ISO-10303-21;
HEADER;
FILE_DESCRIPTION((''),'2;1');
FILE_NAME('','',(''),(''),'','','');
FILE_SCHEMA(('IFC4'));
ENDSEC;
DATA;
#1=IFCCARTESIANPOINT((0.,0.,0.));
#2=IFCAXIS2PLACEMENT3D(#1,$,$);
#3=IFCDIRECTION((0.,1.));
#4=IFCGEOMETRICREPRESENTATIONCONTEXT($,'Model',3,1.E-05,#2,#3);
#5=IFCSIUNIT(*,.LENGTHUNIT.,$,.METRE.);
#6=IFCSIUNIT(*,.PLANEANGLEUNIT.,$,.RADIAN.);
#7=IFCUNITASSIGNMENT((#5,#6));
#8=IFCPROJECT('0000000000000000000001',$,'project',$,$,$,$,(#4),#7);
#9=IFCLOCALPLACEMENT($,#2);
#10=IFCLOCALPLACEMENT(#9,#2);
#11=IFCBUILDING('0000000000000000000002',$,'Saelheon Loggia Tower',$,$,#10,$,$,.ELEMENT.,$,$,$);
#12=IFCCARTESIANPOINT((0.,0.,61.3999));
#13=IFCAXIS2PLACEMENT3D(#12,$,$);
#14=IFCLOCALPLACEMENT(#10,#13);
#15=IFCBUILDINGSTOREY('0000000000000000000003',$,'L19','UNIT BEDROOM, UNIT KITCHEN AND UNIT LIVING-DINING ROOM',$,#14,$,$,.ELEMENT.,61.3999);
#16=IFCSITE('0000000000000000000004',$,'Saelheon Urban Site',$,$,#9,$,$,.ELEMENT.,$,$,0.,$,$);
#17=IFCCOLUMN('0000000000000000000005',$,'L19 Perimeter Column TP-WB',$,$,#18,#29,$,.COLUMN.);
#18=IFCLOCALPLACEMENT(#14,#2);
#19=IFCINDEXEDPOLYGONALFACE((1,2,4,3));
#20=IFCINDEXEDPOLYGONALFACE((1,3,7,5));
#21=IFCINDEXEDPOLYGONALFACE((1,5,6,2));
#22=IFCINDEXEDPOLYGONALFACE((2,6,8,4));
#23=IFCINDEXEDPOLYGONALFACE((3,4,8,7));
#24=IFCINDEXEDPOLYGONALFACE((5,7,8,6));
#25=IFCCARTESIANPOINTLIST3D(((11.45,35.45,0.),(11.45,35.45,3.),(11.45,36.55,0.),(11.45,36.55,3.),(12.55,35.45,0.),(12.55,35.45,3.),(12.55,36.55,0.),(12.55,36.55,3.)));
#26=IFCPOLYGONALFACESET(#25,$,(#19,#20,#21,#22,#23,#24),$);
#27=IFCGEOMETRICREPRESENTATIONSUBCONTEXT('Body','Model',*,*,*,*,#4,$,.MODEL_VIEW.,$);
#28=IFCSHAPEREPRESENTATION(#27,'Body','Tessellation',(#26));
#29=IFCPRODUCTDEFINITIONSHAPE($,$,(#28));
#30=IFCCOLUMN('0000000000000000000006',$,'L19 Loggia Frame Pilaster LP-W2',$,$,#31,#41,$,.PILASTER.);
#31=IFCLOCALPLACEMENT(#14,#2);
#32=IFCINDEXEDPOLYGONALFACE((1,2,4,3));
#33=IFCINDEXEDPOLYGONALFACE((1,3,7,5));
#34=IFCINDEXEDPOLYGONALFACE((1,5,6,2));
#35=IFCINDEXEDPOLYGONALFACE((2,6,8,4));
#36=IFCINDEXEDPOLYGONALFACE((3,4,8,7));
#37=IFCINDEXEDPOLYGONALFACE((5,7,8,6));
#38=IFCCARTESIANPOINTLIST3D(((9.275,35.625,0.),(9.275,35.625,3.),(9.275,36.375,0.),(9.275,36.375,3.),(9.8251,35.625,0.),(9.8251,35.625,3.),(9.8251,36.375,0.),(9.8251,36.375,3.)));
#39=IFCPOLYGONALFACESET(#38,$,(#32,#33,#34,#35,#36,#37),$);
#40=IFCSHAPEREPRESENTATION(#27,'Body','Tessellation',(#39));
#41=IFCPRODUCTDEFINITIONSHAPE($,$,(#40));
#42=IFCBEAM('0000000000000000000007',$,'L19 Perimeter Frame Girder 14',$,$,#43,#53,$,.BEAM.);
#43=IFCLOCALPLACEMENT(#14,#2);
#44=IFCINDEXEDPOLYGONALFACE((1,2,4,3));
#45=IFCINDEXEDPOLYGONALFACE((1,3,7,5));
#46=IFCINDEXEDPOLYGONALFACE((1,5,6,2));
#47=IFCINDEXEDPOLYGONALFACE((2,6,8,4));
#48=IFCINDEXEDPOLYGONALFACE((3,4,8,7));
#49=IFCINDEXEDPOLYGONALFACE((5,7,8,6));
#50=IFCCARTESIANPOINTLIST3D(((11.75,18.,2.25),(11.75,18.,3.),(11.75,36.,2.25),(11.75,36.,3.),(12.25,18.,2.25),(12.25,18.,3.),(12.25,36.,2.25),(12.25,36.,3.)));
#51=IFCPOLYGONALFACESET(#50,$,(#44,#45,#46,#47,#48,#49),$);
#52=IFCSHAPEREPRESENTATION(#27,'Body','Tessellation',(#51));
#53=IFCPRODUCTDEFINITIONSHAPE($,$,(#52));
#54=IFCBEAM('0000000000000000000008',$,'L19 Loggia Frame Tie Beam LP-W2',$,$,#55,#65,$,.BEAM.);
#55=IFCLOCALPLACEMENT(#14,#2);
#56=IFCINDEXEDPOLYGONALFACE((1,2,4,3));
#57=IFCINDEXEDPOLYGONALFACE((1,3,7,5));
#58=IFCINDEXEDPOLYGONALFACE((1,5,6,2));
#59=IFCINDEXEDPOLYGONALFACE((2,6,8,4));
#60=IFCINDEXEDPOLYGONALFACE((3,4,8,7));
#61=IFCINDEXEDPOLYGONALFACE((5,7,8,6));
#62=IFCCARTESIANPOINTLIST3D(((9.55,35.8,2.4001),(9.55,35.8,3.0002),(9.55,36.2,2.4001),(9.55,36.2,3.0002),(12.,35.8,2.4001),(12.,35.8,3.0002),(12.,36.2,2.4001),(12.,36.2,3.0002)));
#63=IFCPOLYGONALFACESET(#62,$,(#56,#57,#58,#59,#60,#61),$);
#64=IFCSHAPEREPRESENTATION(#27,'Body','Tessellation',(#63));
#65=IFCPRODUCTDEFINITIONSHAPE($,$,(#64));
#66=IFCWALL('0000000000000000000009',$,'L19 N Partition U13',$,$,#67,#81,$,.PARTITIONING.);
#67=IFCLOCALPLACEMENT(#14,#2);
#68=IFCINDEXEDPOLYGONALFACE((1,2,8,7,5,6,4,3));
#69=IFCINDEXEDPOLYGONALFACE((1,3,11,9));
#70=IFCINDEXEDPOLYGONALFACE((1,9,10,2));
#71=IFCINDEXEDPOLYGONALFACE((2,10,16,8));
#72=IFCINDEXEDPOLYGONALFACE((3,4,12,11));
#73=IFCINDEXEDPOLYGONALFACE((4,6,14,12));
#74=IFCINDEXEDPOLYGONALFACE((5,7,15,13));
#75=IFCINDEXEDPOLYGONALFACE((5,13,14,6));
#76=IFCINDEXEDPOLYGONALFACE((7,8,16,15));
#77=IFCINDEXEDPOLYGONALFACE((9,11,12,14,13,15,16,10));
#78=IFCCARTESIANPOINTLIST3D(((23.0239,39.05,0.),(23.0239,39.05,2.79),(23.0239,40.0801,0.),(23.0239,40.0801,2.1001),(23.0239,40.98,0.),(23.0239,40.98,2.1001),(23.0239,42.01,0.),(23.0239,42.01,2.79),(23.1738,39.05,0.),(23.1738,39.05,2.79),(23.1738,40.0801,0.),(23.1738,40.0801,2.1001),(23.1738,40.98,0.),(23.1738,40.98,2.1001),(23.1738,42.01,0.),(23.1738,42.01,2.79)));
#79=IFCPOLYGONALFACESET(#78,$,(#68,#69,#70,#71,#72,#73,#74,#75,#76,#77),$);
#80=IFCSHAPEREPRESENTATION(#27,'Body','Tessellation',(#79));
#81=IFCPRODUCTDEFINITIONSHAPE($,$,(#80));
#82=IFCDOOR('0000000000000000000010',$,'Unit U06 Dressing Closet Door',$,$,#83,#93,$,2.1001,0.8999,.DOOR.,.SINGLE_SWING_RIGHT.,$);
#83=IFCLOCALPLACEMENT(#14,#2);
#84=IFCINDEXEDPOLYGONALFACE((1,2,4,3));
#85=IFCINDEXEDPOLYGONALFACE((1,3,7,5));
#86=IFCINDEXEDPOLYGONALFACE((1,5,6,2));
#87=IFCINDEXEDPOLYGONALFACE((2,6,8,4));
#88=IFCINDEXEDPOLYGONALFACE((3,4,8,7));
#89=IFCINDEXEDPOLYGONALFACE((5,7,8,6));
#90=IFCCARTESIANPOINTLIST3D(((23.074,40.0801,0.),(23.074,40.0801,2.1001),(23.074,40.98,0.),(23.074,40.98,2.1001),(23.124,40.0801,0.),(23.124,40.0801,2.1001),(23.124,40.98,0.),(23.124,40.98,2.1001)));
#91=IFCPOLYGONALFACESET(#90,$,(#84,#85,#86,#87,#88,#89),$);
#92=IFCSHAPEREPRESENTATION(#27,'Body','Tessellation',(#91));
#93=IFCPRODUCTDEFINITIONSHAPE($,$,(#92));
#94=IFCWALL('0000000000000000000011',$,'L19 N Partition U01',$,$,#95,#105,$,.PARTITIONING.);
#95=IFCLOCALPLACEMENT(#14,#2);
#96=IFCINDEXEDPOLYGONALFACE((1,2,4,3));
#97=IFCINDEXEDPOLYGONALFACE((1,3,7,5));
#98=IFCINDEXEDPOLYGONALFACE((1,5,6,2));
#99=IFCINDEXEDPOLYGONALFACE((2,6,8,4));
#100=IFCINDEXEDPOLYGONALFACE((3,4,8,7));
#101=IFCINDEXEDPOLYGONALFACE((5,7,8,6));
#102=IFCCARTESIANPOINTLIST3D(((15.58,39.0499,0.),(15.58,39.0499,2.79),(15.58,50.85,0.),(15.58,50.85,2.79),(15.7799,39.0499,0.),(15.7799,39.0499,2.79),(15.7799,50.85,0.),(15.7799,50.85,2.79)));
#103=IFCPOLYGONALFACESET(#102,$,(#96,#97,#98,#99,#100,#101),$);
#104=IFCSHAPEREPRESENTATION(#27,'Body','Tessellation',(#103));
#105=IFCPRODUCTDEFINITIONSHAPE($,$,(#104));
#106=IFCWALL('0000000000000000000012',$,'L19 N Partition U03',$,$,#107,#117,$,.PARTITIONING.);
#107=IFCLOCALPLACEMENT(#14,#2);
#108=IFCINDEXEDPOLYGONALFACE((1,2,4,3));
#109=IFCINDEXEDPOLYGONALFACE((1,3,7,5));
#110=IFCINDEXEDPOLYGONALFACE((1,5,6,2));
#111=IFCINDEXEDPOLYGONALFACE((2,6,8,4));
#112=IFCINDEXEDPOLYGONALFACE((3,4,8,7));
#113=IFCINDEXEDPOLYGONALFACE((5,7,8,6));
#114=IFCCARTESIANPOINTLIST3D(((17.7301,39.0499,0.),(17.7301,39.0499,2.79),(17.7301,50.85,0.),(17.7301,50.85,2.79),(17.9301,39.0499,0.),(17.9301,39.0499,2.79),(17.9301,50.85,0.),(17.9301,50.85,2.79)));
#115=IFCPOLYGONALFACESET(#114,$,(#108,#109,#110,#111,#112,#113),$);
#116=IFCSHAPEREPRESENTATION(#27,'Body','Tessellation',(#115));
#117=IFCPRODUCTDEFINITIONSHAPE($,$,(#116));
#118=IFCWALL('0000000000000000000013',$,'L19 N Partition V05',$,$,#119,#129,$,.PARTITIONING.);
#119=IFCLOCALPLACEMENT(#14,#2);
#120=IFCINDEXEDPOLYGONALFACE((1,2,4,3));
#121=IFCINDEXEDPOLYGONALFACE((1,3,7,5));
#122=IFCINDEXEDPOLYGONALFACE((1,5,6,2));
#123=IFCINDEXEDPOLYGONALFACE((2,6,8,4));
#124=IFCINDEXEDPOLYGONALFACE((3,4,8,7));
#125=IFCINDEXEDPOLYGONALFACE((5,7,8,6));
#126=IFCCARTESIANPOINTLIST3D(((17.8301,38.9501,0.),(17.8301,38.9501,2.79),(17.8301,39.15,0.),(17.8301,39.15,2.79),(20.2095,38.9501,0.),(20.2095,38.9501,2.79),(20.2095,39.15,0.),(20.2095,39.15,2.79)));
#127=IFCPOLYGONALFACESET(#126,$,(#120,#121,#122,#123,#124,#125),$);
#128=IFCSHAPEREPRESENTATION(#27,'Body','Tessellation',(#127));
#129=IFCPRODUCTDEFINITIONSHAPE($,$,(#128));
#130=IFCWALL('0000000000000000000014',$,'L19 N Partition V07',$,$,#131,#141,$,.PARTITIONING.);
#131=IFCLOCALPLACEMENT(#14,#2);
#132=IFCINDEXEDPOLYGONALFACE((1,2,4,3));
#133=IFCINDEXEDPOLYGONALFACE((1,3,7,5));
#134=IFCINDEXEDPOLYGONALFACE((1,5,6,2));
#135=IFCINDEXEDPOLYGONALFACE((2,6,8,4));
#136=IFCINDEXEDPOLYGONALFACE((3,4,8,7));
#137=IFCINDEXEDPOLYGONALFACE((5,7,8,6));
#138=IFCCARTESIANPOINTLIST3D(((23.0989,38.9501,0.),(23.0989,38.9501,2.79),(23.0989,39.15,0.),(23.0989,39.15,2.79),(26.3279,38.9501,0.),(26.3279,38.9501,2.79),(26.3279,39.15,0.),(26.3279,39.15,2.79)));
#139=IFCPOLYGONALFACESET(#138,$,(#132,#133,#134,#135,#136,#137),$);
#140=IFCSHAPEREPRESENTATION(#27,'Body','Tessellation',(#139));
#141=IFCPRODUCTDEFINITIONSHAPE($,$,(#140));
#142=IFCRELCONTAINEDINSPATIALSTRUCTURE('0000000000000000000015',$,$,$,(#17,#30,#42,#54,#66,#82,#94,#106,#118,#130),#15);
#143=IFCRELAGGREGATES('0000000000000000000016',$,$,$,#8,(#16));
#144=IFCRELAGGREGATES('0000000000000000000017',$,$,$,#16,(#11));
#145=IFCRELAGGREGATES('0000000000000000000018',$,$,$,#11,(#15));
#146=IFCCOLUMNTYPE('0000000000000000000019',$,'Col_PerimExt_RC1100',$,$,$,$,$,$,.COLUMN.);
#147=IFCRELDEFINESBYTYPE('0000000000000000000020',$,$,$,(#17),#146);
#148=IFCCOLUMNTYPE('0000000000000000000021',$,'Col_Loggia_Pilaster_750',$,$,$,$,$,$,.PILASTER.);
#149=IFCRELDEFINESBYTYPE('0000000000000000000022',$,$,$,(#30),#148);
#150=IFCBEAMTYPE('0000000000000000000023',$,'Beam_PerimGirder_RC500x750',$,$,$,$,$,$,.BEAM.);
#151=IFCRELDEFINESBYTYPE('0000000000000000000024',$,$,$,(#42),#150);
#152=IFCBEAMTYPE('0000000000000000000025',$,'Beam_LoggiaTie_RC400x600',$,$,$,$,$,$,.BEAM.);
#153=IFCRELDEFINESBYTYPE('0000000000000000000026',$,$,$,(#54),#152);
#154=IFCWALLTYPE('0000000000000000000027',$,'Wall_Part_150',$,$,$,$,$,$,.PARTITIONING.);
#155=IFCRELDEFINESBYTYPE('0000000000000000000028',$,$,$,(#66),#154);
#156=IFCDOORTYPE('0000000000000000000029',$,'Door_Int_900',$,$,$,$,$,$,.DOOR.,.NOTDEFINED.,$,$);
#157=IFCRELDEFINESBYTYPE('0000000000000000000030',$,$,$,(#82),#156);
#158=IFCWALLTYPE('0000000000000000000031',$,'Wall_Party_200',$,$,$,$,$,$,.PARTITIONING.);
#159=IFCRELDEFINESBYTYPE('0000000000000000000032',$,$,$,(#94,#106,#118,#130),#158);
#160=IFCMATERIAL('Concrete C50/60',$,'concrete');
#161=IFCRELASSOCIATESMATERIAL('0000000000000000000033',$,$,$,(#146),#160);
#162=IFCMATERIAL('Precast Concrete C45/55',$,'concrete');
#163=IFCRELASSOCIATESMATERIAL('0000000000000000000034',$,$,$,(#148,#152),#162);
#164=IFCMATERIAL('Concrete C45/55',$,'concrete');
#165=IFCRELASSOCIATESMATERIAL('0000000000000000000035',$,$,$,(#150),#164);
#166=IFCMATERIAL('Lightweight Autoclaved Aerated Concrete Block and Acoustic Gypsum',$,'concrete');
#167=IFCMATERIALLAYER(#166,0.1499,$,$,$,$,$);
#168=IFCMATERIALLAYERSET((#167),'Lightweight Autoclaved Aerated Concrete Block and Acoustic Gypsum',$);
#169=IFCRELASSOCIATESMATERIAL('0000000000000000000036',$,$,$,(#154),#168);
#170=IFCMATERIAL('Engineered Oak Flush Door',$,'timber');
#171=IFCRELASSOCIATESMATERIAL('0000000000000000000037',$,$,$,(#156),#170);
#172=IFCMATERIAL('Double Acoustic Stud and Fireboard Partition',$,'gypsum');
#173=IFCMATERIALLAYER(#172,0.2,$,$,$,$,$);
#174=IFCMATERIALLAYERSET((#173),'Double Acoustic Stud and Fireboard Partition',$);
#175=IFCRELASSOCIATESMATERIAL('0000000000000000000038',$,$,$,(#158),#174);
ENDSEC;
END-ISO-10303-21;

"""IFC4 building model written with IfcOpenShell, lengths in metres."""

from ifc_helpers import new_model, si_unit, direction, frame, frame_2d, origin, origin_2d, place, context, subcontext, project, spatial, rectangle, extrude, source, transform, mapped, material, layer, layer_set, material_profile, profile_set, type_object, element, fill, save


model = new_model("IFC4")

# Units and contexts
model_context = context("Model", 3, precision=1e-05, world=origin(), true_north=direction((0.0, 1.0)))
body_context = subcontext(model_context, "Body", "Model", "MODEL_VIEW")
ifc_project = project(units=[si_unit("LENGTHUNIT", "METRE"), si_unit("PLANEANGLEUNIT", "RADIAN")], contexts=[model_context])

# Site, building, storey
site_placement = place(None, origin())
site = spatial("IfcSite", under=ifc_project, at=site_placement, Name="Saelheon Urban Site", CompositionType="ELEMENT", RefElevation=0.0)
building_placement = place(site_placement, origin())
building = spatial("IfcBuilding", under=site, at=building_placement, Name="Saelheon Loggia Tower", CompositionType="ELEMENT")
storey_placement = place(building_placement, frame((0.0, 0.0, 61.3999)))
storey = spatial("IfcBuildingStorey", under=building, at=storey_placement, Name="L19", Description="UNIT BEDROOM, UNIT KITCHEN AND UNIT LIVING-DINING ROOM", CompositionType="ELEMENT", Elevation=61.3999)

# Columns
ifc_material_1 = material(Name="Concrete C50/60", Category="concrete")
ifc_material_profile_1 = material_profile(ifc_material_1, rectangle(XDim=1.1001, YDim=1.1001, at=origin_2d()), Name="RC-1100x1100")
ifc_profile_set_1 = profile_set([ifc_material_profile_1], Name="Concrete C50/60")
column_type_1 = type_object("IfcColumnType", Name="Col_PerimExt_RC1100", PredefinedType="COLUMN", material=ifc_profile_set_1)
shared_shape_1 = source(origin(), body_context, "Body", "SweptSolid", [
    extrude(rectangle(XDim=1.1001, YDim=1.1001, at=origin_2d()), origin(), (0.0, 0.0, 1.0), 3.0),
])
column_1_placement = place(storey_placement, frame((12.0, 36.0, 0.0), z_axis=(0.0, 0.0, 1.0), x_axis=(1.0, 0.0, 0.0)))
element("IfcColumn", 1, at=column_1_placement, inside=storey, type_object=column_type_1, Name="L19 Perimeter Column TP-WB", PredefinedType="COLUMN", context=body_context, shape_type="MappedRepresentation", body=[
    mapped(shared_shape_1, transform((0.0, 0.0, 0.0), scale=1.0)),
])
ifc_material_2 = material(Name="Precast Concrete C45/55", Category="concrete")
ifc_material_profile_2 = material_profile(ifc_material_2, rectangle(XDim=0.55, YDim=0.75, at=origin_2d()), Name="RC-550x750")
ifc_profile_set_2 = profile_set([ifc_material_profile_2], Name="Precast Concrete C45/55")
column_type_2 = type_object("IfcColumnType", Name="Col_Loggia_Pilaster_750", PredefinedType="PILASTER", material=ifc_profile_set_2)
shared_shape_2 = source(origin(), body_context, "Body", "SweptSolid", [
    extrude(rectangle(XDim=0.55, YDim=0.75, at=origin_2d()), origin(), (0.0, 0.0, 1.0), 3.0),
])
column_2_placement = place(storey_placement, frame((9.55, 36.0, 0.0), z_axis=(0.0, 0.0, 1.0), x_axis=(1.0, 0.0, 0.0)))
element("IfcColumn", 2, at=column_2_placement, inside=storey, type_object=column_type_2, Name="L19 Loggia Frame Pilaster LP-W2", PredefinedType="PILASTER", context=body_context, shape_type="MappedRepresentation", body=[
    mapped(shared_shape_2, transform((0.0, 0.0, 0.0), scale=1.0)),
])

# Beams
ifc_material_3 = material(Name="Concrete C45/55", Category="concrete")
ifc_material_profile_3 = material_profile(ifc_material_3, rectangle(XDim=0.5, YDim=0.75, at=origin_2d()), Name="RC-500x750")
ifc_profile_set_3 = profile_set([ifc_material_profile_3], Name="Concrete C45/55")
beam_type_1 = type_object("IfcBeamType", Name="Beam_PerimGirder_RC500x750", PredefinedType="BEAM", material=ifc_profile_set_3)
shared_shape_3 = source(origin(), body_context, "Body", "SweptSolid", [
    extrude(rectangle(XDim=0.5, YDim=0.75, at=origin_2d()), origin(), (0.0, 0.0, 1.0), 18.0),
])
beam_1_placement = place(storey_placement, frame((12.0, 36.0, 2.625), z_axis=(0.0, -1.0, 0.0), x_axis=(1.0, 0.0, 0.0)))
element("IfcBeam", 3, at=beam_1_placement, inside=storey, type_object=beam_type_1, Name="L19 Perimeter Frame Girder 14", PredefinedType="BEAM", context=body_context, shape_type="MappedRepresentation", body=[
    mapped(shared_shape_3, transform((0.0, 0.0, 0.0), scale=1.0)),
])
ifc_material_profile_4 = material_profile(ifc_material_2, rectangle(XDim=0.3999, YDim=0.6001, at=origin_2d()), Name="RC-400x600")
ifc_profile_set_4 = profile_set([ifc_material_profile_4], Name="Precast Concrete C45/55")
beam_type_2 = type_object("IfcBeamType", Name="Beam_LoggiaTie_RC400x600", PredefinedType="BEAM", material=ifc_profile_set_4)
shared_shape_4 = source(origin(), body_context, "Body", "SweptSolid", [
    extrude(rectangle(XDim=0.3999, YDim=0.6001, at=origin_2d()), origin(), (0.0, 0.0, 1.0), 2.45),
])
beam_2_placement = place(storey_placement, frame((12.0, 36.0, 2.7002), z_axis=(-1.0, 0.0, 0.0), x_axis=(0.0, -1.0, 0.0)))
element("IfcBeam", 4, at=beam_2_placement, inside=storey, type_object=beam_type_2, Name="L19 Loggia Frame Tie Beam LP-W2", PredefinedType="BEAM", context=body_context, shape_type="MappedRepresentation", body=[
    mapped(shared_shape_4, transform((0.0, 0.0, 0.0), scale=1.0)),
])

# Wall, opening, door
ifc_material_4 = material(Name="Lightweight Autoclaved Aerated Concrete Block and Acoustic Gypsum", Category="concrete")
ifc_layer_1 = layer(ifc_material_4, 0.1499)
ifc_layer_set_1 = layer_set([ifc_layer_1], Name="Lightweight Autoclaved Aerated Concrete Block and Acoustic Gypsum")
wall_type_1 = type_object("IfcWallType", Name="Wall_Part_150", PredefinedType="PARTITIONING", material=ifc_layer_set_1)
wall_1_placement = place(storey_placement, frame((23.0989, 39.05, 0.0), z_axis=(0.0, 0.0, 1.0), x_axis=(0.0, 1.0, 0.0)))
wall_1 = element("IfcWall", 5, at=wall_1_placement, inside=storey, type_object=wall_type_1, Name="L19 N Partition U13", PredefinedType="PARTITIONING", context=body_context, shape_type="SweptSolid", body=[
    extrude(rectangle(XDim=2.96, YDim=0.1499, at=frame_2d((1.48, 0.0))), origin(), (0.0, 0.0, 1.0), 2.79),
])
opening_1_placement = place(wall_1_placement, frame((1.03, 0.0, 0.0)))
opening_1 = element("IfcOpeningElement", 6, at=opening_1_placement, cuts=wall_1, PredefinedType="OPENING", context=body_context, shape_type="SweptSolid", body=[
    extrude(rectangle(XDim=0.8999, YDim=2.1001, at=frame_2d((0.45, 1.05))), frame((0.0, 0.0869, 0.0), z_axis=(0.0, -1.0, 0.0), x_axis=(1.0, 0.0, 0.0)), (0.0, 0.0, 1.0), 0.1738),
])
ifc_material_5 = material(Name="Engineered Oak Flush Door", Category="timber")
door_type_1 = type_object("IfcDoorType", Name="Door_Int_900", OperationType="NOTDEFINED", PredefinedType="DOOR", material=ifc_material_5)
shared_shape_5 = source(origin(), body_context, "Body", "SweptSolid", [
    extrude(rectangle(XDim=0.8999, YDim=2.1001, at=frame_2d((0.45, 1.05))), frame((0.0, 0.0249, 0.0), z_axis=(0.0, -1.0, 0.0), x_axis=(1.0, 0.0, 0.0)), (0.0, 0.0, 1.0), 0.05),
])
door_1_placement = place(opening_1_placement, origin())
door_1 = element("IfcDoor", 7, at=door_1_placement, inside=storey, type_object=door_type_1, Name="Unit U06 Dressing Closet Door", OperationType="SINGLE_SWING_RIGHT", OverallHeight=2.1001, OverallWidth=0.8999, PredefinedType="DOOR", context=body_context, shape_type="MappedRepresentation", body=[
    mapped(shared_shape_5, transform((0.0, 0.0, 0.0), scale=1.0)),
])
fill(opening_1, door_1)

# Walls
ifc_material_6 = material(Name="Double Acoustic Stud and Fireboard Partition", Category="gypsum")
ifc_layer_2 = layer(ifc_material_6, 0.2)
ifc_layer_set_2 = layer_set([ifc_layer_2], Name="Double Acoustic Stud and Fireboard Partition")
wall_type_2 = type_object("IfcWallType", Name="Wall_Party_200", PredefinedType="PARTITIONING", material=ifc_layer_set_2)
for number, where, z_axis, x_axis, name in (
    (8, (15.6799, 39.05, 0.0), (0.0, 0.0, 1.0), (0.0, 1.0, 0.0), "L19 N Partition U01"),
    (9, (17.8301, 39.05, 0.0), (0.0, 0.0, 1.0), (0.0, 1.0, 0.0), "L19 N Partition U03"),
):
    element("IfcWall", number, at=place(storey_placement, frame(where, z_axis=z_axis, x_axis=x_axis)), inside=storey, type_object=wall_type_2, Name=name, PredefinedType="PARTITIONING", context=body_context, shape_type="SweptSolid", body=[
        extrude(rectangle(XDim=11.8, YDim=0.2, at=frame_2d((5.8999, 0.0))), origin(), (0.0, 0.0, 1.0), 2.79),
    ])
wall_2_placement = place(storey_placement, frame((17.8301, 39.05, 0.0), z_axis=(0.0, 0.0, 1.0), x_axis=(1.0, 0.0, 0.0)))
element("IfcWall", 10, at=wall_2_placement, inside=storey, type_object=wall_type_2, Name="L19 N Partition V05", PredefinedType="PARTITIONING", context=body_context, shape_type="SweptSolid", body=[
    extrude(rectangle(XDim=2.3794, YDim=0.2, at=frame_2d((1.1897, 0.0))), origin(), (0.0, 0.0, 1.0), 2.79),
])

# Wall
wall_3_placement = place(storey_placement, frame((23.0989, 39.05, 0.0), z_axis=(0.0, 0.0, 1.0), x_axis=(1.0, 0.0, 0.0)))
element("IfcWall", 11, at=wall_3_placement, inside=storey, type_object=wall_type_2, Name="L19 N Partition V07", PredefinedType="PARTITIONING", context=body_context, shape_type="SweptSolid", body=[
    extrude(rectangle(XDim=3.229, YDim=0.2, at=frame_2d((1.6145, 0.0))), origin(), (0.0, 0.0, 1.0), 2.79),
])

save(model, "model.ifc")
